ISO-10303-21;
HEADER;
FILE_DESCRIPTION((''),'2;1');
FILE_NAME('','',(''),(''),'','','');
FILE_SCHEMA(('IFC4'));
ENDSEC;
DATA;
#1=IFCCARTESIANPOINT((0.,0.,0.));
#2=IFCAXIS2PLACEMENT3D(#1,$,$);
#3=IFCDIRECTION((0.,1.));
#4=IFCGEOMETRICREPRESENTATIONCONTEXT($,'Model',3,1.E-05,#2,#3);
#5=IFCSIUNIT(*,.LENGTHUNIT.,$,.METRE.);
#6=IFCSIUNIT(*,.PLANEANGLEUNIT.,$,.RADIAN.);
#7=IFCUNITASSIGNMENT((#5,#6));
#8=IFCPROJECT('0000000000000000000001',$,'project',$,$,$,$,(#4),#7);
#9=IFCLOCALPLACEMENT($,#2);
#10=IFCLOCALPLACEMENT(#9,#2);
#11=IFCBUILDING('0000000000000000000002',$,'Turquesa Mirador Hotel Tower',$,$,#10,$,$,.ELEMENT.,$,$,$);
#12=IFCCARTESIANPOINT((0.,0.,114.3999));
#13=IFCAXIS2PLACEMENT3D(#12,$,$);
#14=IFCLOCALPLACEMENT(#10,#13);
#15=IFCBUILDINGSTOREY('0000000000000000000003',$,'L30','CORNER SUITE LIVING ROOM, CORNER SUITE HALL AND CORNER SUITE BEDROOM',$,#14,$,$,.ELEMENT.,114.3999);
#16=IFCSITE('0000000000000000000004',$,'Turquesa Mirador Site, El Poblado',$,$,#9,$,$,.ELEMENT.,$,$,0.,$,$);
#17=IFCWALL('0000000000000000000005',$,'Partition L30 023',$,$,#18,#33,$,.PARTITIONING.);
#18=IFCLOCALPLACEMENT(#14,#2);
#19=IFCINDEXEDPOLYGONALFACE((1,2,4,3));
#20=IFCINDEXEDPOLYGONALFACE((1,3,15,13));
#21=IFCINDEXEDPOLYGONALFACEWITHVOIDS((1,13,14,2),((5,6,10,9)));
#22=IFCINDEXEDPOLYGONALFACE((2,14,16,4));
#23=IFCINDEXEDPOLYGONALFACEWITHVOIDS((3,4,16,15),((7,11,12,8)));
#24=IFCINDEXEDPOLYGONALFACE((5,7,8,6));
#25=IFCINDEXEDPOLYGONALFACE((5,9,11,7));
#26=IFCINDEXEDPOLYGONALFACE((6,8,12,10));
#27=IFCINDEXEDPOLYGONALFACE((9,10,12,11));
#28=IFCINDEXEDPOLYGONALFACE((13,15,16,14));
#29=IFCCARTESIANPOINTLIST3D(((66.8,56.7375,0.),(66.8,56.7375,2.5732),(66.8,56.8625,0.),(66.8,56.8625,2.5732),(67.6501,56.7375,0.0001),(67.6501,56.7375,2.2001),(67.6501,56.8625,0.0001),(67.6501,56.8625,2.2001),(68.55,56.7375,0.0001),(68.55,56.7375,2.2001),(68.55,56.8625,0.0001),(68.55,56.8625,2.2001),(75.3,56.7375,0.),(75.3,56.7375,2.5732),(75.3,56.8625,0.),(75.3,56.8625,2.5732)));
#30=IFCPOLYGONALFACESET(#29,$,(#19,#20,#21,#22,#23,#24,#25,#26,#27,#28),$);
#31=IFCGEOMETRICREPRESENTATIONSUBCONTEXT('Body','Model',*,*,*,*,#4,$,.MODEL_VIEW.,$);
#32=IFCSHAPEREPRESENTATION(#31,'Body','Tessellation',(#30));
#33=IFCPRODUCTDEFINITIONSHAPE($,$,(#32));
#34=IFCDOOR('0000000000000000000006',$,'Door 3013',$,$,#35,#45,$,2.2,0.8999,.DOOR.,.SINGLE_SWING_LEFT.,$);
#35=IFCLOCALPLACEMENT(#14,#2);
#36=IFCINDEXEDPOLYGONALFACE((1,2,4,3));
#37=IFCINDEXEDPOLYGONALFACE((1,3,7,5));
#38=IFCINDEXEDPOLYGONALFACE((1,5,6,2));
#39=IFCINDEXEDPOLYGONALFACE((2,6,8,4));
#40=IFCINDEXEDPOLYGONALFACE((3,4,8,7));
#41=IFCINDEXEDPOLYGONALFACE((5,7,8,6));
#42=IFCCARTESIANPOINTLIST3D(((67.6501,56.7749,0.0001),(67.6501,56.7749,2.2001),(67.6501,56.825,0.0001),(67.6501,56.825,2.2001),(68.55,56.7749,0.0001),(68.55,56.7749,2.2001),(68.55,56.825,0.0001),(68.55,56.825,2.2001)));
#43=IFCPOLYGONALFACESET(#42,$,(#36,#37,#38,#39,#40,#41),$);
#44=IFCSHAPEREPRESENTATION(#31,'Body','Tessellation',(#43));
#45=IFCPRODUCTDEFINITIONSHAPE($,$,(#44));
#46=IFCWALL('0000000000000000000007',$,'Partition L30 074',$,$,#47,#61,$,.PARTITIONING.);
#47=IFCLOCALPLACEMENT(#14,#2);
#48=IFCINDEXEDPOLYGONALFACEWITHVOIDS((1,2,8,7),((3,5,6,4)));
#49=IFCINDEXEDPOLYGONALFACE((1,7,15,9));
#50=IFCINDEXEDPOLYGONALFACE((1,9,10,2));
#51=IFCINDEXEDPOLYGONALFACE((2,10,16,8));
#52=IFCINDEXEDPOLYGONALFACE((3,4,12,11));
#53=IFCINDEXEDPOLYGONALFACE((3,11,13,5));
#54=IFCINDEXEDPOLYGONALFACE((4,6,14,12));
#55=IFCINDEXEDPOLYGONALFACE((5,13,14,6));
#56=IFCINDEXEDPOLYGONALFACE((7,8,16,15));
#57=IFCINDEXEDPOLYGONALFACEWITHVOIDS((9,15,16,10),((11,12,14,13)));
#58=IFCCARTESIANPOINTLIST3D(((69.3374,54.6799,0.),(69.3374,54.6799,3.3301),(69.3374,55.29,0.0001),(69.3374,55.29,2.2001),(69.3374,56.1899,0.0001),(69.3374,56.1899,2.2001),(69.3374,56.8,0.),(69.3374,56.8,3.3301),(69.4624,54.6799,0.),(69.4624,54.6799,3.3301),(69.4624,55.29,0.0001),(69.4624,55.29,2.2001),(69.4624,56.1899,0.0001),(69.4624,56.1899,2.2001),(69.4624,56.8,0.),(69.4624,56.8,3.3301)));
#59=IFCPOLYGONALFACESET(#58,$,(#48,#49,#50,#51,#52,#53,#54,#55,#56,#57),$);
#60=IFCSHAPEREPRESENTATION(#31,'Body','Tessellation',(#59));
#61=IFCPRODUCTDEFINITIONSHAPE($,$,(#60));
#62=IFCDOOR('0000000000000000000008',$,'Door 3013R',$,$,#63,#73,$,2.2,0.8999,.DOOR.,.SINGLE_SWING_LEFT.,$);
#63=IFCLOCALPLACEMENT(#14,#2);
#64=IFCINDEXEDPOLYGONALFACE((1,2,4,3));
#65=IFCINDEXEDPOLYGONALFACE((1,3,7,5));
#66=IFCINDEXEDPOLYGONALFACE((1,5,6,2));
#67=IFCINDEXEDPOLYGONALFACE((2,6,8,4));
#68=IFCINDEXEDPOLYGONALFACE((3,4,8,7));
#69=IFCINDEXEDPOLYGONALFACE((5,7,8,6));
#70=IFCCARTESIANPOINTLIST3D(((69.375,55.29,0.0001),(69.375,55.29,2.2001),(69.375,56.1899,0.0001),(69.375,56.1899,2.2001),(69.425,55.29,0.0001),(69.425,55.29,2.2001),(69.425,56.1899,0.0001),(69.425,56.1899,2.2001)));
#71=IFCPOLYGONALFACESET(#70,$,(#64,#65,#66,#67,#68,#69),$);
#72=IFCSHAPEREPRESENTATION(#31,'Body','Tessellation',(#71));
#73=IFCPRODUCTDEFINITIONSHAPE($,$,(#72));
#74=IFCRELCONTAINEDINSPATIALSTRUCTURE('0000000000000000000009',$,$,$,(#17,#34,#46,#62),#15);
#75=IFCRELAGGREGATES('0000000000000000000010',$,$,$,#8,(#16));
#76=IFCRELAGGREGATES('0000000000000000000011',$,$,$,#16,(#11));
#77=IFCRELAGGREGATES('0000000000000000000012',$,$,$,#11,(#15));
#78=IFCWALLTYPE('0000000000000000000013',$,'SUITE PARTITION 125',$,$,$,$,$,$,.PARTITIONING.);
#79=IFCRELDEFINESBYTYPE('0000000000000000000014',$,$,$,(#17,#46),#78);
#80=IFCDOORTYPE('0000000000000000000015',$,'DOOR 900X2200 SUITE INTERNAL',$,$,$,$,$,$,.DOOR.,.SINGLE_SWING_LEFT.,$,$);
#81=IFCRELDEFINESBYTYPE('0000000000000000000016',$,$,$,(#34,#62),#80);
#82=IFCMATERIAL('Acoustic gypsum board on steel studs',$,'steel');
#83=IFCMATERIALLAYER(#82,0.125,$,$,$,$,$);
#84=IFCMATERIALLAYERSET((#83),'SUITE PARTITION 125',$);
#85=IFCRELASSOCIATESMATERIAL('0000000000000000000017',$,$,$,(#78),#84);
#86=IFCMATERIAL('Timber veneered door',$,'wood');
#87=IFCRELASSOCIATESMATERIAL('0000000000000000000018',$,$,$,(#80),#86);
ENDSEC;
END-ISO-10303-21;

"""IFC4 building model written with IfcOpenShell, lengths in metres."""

from ifc_helpers import new_model, si_unit, direction, frame, frame_2d, origin, place, context, subcontext, project, spatial, rectangle, extrude, material, layer, layer_set, type_object, element, fill, save


model = new_model("IFC4")

# Units and contexts
model_context = context("Model", 3, precision=1e-05, world=origin(), true_north=direction((0.0, 1.0)))
body_context = subcontext(model_context, "Body", "Model", "MODEL_VIEW")
ifc_project = project(units=[si_unit("LENGTHUNIT", "METRE"), si_unit("PLANEANGLEUNIT", "RADIAN")], contexts=[model_context])

# Site, building, storey
site_placement = place(None, origin())
site = spatial("IfcSite", under=ifc_project, at=site_placement, Name="Turquesa Mirador Site, El Poblado", CompositionType="ELEMENT", RefElevation=0.0)
building_placement = place(site_placement, origin())
building = spatial("IfcBuilding", under=site, at=building_placement, Name="Turquesa Mirador Hotel Tower", CompositionType="ELEMENT")
storey_placement = place(building_placement, frame((0.0, 0.0, 114.3999)))
storey = spatial("IfcBuildingStorey", under=building, at=storey_placement, Name="L30", Description="CORNER SUITE LIVING ROOM, CORNER SUITE HALL AND CORNER SUITE BEDROOM", CompositionType="ELEMENT", Elevation=114.3999)

# Walls, openings, doors
ifc_material_1 = material(Name="Acoustic gypsum board on steel studs", Category="steel")
ifc_layer_1 = layer(ifc_material_1, 0.125)
ifc_layer_set_1 = layer_set([ifc_layer_1], Name="SUITE PARTITION 125")
wall_type_1 = type_object("IfcWallType", Name="SUITE PARTITION 125", PredefinedType="PARTITIONING", material=ifc_layer_set_1)
wall_1_placement = place(storey_placement, frame((66.8, 56.8, 0.0), z_axis=(0.0, 0.0, 1.0), x_axis=(1.0, 0.0, 0.0)))
wall_1 = element("IfcWall", 1, at=wall_1_placement, inside=storey, type_object=wall_type_1, Name="Partition L30 023", PredefinedType="PARTITIONING", context=body_context, shape_type="SweptSolid", body=[
    extrude(rectangle(XDim=8.5, YDim=0.125, at=frame_2d((4.25, 0.0))), origin(), (0.0, 0.0, 1.0), 2.5732),
])
opening_1_placement = place(wall_1_placement, frame((0.8501, 0.0, 0.0)))
opening_1 = element("IfcOpeningElement", 2, at=opening_1_placement, cuts=wall_1, PredefinedType="OPENING", context=body_context, shape_type="SweptSolid", body=[
    extrude(rectangle(XDim=0.8999, YDim=2.2, at=frame_2d((0.45, 1.1001))), frame((0.0, 0.0725, 0.0), z_axis=(0.0, -1.0, 0.0), x_axis=(1.0, 0.0, 0.0)), (0.0, 0.0, 1.0), 0.145),
])
ifc_material_2 = material(Name="Timber veneered door", Category="wood")
door_type_1 = type_object("IfcDoorType", Name="DOOR 900X2200 SUITE INTERNAL", OperationType="SINGLE_SWING_LEFT", PredefinedType="DOOR", material=ifc_material_2)
door_1_placement = place(opening_1_placement, origin())
door_1 = element("IfcDoor", 3, at=door_1_placement, inside=storey, type_object=door_type_1, Name="Door 3013", OperationType="SINGLE_SWING_LEFT", OverallHeight=2.2, OverallWidth=0.8999, PredefinedType="DOOR", context=body_context, shape_type="SweptSolid", body=[
    extrude(rectangle(XDim=0.8999, YDim=2.2, at=frame_2d((0.45, 1.1001))), frame((0.0, 0.0249, 0.0), z_axis=(0.0, -1.0, 0.0), x_axis=(1.0, 0.0, 0.0)), (0.0, 0.0, 1.0), 0.05),
])
fill(opening_1, door_1)
wall_2_placement = place(storey_placement, frame((69.3999, 54.6799, 0.0), z_axis=(0.0, 0.0, 1.0), x_axis=(0.0, 1.0, 0.0)))
wall_2 = element("IfcWall", 4, at=wall_2_placement, inside=storey, type_object=wall_type_1, Name="Partition L30 074", PredefinedType="PARTITIONING", context=body_context, shape_type="SweptSolid", body=[
    extrude(rectangle(XDim=2.1201, YDim=0.125, at=frame_2d((1.0601, 0.0))), origin(), (0.0, 0.0, 1.0), 3.3301),
])
opening_2_placement = place(wall_2_placement, frame((0.6101, 0.0, 0.0)))
opening_2 = element("IfcOpeningElement", 5, at=opening_2_placement, cuts=wall_2, PredefinedType="OPENING", context=body_context, shape_type="SweptSolid", body=[
    extrude(rectangle(XDim=0.8999, YDim=2.2, at=frame_2d((0.45, 1.1001))), frame((0.0, 0.0725, 0.0), z_axis=(0.0, -1.0, 0.0), x_axis=(1.0, 0.0, 0.0)), (0.0, 0.0, 1.0), 0.145),
])
door_2_placement = place(opening_2_placement, origin())
door_2 = element("IfcDoor", 6, at=door_2_placement, inside=storey, type_object=door_type_1, Name="Door 3013R", OperationType="SINGLE_SWING_LEFT", OverallHeight=2.2, OverallWidth=0.8999, PredefinedType="DOOR", context=body_context, shape_type="SweptSolid", body=[
    extrude(rectangle(XDim=0.8999, YDim=2.2, at=frame_2d((0.45, 1.1001))), frame((0.0, 0.0249, 0.0), z_axis=(0.0, -1.0, 0.0), x_axis=(1.0, 0.0, 0.0)), (0.0, 0.0, 1.0), 0.05),
])
fill(opening_2, door_2)

save(model, "model.ifc")
